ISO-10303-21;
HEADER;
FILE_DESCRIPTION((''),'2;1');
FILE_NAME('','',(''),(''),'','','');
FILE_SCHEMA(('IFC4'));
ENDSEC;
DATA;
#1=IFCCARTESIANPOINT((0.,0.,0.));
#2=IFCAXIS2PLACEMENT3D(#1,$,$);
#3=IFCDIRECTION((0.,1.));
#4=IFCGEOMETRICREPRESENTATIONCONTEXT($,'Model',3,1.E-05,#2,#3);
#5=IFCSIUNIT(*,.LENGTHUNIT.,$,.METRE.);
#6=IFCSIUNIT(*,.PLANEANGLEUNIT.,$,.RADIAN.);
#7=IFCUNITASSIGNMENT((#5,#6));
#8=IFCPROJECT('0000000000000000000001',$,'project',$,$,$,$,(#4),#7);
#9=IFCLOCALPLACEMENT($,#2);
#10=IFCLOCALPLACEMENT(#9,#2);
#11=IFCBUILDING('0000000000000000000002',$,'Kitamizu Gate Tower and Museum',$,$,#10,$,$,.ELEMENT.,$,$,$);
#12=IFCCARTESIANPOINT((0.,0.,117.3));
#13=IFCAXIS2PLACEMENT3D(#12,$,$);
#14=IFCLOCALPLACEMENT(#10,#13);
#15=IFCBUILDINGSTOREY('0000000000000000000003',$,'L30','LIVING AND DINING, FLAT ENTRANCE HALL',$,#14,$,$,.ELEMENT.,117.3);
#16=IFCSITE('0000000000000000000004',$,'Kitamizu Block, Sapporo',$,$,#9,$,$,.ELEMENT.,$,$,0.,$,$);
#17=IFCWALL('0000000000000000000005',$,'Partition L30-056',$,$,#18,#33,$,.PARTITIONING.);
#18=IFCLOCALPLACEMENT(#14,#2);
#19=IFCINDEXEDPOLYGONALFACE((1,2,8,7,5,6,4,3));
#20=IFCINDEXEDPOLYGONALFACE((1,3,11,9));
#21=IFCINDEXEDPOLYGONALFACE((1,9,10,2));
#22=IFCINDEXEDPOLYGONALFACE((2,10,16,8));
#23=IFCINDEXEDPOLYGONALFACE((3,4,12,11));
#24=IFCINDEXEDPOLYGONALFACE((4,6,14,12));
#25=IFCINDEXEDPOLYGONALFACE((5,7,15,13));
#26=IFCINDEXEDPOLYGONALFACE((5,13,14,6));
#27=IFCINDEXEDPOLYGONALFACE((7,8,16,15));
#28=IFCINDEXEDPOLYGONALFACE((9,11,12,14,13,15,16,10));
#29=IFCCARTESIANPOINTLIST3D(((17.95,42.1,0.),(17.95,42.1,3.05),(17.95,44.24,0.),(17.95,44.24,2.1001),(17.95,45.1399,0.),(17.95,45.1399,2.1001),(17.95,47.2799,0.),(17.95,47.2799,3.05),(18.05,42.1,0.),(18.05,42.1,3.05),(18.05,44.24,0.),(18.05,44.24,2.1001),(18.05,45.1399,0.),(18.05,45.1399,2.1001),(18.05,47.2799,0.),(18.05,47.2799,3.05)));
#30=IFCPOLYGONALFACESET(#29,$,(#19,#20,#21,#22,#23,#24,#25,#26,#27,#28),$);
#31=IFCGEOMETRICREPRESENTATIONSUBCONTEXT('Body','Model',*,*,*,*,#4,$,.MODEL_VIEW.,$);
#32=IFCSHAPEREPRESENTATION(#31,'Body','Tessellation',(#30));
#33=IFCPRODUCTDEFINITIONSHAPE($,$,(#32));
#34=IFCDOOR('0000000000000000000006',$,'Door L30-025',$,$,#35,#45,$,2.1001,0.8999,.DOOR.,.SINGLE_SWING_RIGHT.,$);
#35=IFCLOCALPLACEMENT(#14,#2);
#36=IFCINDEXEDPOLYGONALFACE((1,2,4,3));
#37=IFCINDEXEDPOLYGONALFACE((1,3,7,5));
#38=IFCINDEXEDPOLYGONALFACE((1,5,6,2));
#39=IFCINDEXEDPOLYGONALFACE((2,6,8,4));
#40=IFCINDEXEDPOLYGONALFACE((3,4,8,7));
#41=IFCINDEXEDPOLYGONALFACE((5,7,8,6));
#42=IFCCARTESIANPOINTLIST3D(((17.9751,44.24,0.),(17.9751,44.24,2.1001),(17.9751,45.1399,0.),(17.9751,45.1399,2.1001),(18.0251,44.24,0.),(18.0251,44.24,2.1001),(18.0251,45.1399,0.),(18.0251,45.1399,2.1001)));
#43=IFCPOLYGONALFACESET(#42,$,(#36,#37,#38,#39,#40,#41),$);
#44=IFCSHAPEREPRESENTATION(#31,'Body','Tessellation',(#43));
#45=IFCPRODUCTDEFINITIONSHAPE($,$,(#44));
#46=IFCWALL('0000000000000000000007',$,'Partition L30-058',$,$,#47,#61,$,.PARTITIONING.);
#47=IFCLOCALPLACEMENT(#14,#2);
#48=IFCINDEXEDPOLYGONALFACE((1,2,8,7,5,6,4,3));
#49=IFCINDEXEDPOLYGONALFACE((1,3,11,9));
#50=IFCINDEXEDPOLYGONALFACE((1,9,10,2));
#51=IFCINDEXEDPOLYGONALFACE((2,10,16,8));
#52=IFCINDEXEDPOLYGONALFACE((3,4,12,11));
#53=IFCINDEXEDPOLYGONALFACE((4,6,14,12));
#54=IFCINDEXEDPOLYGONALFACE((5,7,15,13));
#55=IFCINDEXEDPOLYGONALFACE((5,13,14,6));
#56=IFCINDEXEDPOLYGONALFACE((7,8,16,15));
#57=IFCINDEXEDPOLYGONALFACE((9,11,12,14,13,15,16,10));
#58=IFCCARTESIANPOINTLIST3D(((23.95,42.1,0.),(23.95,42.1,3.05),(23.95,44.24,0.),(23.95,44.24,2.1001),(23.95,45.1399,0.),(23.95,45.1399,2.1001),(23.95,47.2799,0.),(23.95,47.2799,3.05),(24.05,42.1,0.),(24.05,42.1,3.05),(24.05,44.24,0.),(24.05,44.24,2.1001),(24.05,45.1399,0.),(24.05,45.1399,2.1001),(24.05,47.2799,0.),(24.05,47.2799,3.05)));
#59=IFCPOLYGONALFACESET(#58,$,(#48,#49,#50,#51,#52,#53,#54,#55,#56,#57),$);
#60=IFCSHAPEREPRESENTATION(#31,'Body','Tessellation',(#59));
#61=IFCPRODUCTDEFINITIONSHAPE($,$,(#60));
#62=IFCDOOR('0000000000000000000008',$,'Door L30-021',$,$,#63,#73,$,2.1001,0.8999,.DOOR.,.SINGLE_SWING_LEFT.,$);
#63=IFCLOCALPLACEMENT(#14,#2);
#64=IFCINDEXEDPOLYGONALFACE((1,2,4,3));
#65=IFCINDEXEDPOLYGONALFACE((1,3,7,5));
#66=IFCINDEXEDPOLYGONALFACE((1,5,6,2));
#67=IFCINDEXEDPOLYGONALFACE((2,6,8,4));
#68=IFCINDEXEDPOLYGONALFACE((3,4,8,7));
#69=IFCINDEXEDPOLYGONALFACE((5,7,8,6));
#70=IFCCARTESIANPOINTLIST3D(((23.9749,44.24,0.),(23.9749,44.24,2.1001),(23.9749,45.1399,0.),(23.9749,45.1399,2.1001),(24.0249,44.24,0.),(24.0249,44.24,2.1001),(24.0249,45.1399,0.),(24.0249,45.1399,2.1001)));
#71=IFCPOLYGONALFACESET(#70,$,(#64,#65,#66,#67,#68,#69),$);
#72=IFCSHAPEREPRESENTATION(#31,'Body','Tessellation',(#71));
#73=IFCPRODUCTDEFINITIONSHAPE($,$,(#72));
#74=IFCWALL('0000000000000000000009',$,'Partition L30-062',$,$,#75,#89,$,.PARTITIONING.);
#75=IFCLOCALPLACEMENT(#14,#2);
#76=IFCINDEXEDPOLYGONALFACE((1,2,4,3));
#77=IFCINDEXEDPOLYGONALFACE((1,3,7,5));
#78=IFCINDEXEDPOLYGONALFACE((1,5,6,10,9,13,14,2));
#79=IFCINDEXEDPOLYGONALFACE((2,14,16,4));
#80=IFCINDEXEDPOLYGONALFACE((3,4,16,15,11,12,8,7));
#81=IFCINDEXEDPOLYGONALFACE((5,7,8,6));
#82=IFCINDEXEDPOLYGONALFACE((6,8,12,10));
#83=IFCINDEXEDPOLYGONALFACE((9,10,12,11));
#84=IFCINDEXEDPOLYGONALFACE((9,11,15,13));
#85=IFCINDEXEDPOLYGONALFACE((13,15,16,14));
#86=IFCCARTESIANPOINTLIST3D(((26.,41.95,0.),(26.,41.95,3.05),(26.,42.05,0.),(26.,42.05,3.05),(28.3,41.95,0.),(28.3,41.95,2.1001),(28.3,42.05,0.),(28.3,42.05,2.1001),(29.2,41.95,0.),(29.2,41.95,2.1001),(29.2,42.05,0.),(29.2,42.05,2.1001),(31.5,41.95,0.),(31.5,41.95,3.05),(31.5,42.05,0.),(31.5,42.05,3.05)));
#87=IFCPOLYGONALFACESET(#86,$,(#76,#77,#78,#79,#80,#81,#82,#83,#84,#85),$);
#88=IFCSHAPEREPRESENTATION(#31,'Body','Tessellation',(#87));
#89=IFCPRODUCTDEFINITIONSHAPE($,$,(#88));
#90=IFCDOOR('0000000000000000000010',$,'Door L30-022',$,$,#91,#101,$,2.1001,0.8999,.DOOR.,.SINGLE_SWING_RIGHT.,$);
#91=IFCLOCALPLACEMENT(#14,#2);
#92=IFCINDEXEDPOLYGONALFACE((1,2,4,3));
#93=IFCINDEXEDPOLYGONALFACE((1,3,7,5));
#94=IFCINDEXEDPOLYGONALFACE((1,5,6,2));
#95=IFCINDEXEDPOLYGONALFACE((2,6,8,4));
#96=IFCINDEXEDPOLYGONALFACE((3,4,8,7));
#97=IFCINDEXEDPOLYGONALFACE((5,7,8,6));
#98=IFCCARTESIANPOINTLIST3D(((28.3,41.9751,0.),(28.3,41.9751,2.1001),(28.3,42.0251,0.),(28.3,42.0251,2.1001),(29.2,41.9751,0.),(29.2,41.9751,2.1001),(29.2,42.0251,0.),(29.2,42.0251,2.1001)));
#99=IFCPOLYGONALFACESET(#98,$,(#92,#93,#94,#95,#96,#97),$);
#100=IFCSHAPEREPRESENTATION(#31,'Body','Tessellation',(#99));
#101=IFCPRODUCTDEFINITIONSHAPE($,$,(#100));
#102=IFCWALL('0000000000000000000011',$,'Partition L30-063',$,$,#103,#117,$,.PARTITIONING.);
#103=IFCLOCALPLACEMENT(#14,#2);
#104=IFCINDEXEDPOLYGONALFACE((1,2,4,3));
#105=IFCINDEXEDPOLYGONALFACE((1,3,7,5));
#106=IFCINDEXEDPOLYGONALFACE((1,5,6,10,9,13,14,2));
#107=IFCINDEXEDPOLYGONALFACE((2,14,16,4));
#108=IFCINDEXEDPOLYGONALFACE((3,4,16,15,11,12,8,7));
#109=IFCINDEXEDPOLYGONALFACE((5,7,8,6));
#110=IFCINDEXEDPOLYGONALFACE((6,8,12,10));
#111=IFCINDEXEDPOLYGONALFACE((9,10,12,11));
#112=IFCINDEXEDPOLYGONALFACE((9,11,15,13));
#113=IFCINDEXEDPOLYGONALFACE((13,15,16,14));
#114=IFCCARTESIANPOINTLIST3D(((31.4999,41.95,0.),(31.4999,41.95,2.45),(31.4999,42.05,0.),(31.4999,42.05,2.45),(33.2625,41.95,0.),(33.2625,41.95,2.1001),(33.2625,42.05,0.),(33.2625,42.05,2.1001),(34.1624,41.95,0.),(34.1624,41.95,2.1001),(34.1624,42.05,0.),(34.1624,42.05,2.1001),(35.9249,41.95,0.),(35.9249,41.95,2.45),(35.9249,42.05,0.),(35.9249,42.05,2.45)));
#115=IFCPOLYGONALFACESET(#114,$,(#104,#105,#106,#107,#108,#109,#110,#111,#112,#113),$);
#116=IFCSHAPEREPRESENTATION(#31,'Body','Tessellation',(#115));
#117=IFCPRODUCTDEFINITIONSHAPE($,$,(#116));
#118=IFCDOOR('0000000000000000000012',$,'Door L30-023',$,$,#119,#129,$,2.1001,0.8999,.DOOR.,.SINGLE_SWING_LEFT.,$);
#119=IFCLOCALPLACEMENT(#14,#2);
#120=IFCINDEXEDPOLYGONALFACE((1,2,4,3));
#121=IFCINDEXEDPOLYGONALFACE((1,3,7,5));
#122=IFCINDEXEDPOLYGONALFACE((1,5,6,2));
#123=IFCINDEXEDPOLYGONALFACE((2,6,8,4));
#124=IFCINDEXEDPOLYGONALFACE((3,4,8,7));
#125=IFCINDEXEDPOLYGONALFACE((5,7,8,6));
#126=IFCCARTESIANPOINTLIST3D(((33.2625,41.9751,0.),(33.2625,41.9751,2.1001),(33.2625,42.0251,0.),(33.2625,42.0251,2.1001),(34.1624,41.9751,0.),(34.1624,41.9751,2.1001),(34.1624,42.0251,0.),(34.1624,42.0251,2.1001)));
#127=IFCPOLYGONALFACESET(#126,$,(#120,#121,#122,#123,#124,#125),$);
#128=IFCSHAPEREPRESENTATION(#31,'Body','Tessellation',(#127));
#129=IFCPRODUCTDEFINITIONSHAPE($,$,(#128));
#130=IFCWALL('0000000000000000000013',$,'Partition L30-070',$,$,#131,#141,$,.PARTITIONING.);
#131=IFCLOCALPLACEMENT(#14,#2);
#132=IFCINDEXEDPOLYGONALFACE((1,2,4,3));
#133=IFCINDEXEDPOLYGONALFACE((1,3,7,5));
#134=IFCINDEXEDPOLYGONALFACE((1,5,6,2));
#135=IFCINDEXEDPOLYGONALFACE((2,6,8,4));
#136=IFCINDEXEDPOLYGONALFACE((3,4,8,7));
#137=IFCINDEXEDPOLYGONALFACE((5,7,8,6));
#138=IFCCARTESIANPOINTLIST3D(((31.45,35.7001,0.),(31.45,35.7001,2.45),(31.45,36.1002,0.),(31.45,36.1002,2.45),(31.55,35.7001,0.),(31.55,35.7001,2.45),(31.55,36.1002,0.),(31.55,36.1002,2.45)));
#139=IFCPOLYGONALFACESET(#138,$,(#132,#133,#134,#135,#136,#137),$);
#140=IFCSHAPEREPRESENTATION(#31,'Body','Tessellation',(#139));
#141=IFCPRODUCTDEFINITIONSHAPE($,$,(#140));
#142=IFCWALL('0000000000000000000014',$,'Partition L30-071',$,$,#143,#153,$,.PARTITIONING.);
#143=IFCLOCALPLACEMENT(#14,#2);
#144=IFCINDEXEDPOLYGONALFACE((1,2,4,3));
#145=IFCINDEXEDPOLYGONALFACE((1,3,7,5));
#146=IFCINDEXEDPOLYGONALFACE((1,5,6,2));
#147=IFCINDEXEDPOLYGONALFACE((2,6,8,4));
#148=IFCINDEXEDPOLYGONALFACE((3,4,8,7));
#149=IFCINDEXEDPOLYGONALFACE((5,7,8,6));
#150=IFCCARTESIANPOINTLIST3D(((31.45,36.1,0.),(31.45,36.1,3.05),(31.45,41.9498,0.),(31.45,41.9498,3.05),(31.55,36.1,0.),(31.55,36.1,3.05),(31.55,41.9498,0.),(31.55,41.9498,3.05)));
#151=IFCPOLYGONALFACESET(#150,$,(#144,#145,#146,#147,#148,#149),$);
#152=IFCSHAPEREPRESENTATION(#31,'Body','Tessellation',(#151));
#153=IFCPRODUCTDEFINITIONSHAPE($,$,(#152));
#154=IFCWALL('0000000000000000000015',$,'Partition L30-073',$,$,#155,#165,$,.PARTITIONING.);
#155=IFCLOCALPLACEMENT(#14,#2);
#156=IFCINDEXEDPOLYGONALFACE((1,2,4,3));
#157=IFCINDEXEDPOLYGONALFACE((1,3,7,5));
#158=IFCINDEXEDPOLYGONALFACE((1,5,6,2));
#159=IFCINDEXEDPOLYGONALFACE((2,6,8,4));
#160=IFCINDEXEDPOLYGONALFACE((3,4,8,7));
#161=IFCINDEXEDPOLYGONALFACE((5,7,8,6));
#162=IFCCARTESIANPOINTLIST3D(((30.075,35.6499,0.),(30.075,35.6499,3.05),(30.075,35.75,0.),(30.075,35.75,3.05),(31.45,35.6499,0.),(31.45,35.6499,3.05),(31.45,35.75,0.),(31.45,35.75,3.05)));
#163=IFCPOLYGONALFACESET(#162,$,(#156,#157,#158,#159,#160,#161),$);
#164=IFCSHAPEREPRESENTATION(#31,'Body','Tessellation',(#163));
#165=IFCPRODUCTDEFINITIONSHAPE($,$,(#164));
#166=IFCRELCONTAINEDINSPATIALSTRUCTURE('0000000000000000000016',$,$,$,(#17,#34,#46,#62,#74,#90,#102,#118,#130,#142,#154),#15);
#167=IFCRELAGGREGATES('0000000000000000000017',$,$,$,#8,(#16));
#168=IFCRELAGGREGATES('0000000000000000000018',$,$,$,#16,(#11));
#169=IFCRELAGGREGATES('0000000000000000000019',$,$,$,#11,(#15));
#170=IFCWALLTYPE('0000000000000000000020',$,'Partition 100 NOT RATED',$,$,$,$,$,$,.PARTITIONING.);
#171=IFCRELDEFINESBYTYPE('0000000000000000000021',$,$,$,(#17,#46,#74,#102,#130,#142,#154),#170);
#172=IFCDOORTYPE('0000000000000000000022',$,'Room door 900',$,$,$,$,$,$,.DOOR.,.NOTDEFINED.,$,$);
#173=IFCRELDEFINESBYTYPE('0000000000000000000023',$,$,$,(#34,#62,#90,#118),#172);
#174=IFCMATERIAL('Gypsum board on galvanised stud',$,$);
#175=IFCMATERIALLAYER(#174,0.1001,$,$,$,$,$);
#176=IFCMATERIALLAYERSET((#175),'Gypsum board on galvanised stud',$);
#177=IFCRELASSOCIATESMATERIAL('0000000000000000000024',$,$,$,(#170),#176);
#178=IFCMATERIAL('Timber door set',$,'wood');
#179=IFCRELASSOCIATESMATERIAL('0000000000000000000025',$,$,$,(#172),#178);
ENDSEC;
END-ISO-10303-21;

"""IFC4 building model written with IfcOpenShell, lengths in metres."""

from ifc_helpers import new_model, si_unit, direction, frame, frame_2d, origin, place, context, subcontext, project, spatial, rectangle, extrude, material, layer, layer_set, type_object, element, fill, save


model = new_model("IFC4")

# Units and contexts
model_context = context("Model", 3, precision=1e-05, world=origin(), true_north=direction((0.0, 1.0)))
body_context = subcontext(model_context, "Body", "Model", "MODEL_VIEW")
ifc_project = project(units=[si_unit("LENGTHUNIT", "METRE"), si_unit("PLANEANGLEUNIT", "RADIAN")], contexts=[model_context])

# Site, building, storey
site_placement = place(None, origin())
site = spatial("IfcSite", under=ifc_project, at=site_placement, Name="Kitamizu Block, Sapporo", CompositionType="ELEMENT", RefElevation=0.0)
building_placement = place(site_placement, origin())
building = spatial("IfcBuilding", under=site, at=building_placement, Name="Kitamizu Gate Tower and Museum", CompositionType="ELEMENT")
storey_placement = place(building_placement, frame((0.0, 0.0, 117.3)))
storey = spatial("IfcBuildingStorey", under=building, at=storey_placement, Name="L30", Description="LIVING AND DINING, FLAT ENTRANCE HALL", CompositionType="ELEMENT", Elevation=117.3)

# Walls, openings, doors
ifc_material_1 = material(Name="Gypsum board on galvanised stud")
ifc_layer_1 = layer(ifc_material_1, 0.1001)
ifc_layer_set_1 = layer_set([ifc_layer_1], Name="Gypsum board on galvanised stud")
wall_type_1 = type_object("IfcWallType", Name="Partition 100 NOT RATED", PredefinedType="PARTITIONING", material=ifc_layer_set_1)
wall_1_placement = place(storey_placement, frame((18.0, 42.1001, 0.0), z_axis=(0.0, 0.0, 1.0), x_axis=(0.0, 1.0, 0.0)))
wall_1 = element("IfcWall", 1, at=wall_1_placement, inside=storey, type_object=wall_type_1, Name="Partition L30-056", PredefinedType="PARTITIONING", context=body_context, shape_type="SweptSolid", body=[
    extrude(rectangle(XDim=5.1799, YDim=0.1001, at=frame_2d((2.5898, 0.0))), origin(), (0.0, 0.0, 1.0), 3.05),
])
opening_1_placement = place(wall_1_placement, frame((2.1399, 0.0, 0.0)))
opening_1 = element("IfcOpeningElement", 2, at=opening_1_placement, cuts=wall_1, PredefinedType="OPENING", context=body_context, shape_type="SweptSolid", body=[
    extrude(rectangle(XDim=0.8999, YDim=2.1001, at=frame_2d((0.45, 1.05))), frame((0.0, 0.0601, 0.0), z_axis=(0.0, -1.0, 0.0), x_axis=(1.0, 0.0, 0.0)), (0.0, 0.0, 1.0), 0.1201),
])
ifc_material_2 = material(Name="Timber door set", Category="wood")
door_type_1 = type_object("IfcDoorType", Name="Room door 900", OperationType="NOTDEFINED", PredefinedType="DOOR", material=ifc_material_2)
door_1_placement = place(opening_1_placement, origin())
door_1 = element("IfcDoor", 3, at=door_1_placement, inside=storey, type_object=door_type_1, Name="Door L30-025", OperationType="SINGLE_SWING_RIGHT", OverallHeight=2.1001, OverallWidth=0.8999, PredefinedType="DOOR", context=body_context, shape_type="SweptSolid", body=[
    extrude(rectangle(XDim=0.8999, YDim=2.1001, at=frame_2d((0.45, 1.05))), frame((0.0, 0.0249, 0.0), z_axis=(0.0, -1.0, 0.0), x_axis=(1.0, 0.0, 0.0)), (0.0, 0.0, 1.0), 0.05),
])
fill(opening_1, door_1)
wall_2_placement = place(storey_placement, frame((24.0, 42.1001, 0.0), z_axis=(0.0, 0.0, 1.0), x_axis=(0.0, 1.0, 0.0)))
wall_2 = element("IfcWall", 4, at=wall_2_placement, inside=storey, type_object=wall_type_1, Name="Partition L30-058", PredefinedType="PARTITIONING", context=body_context, shape_type="SweptSolid", body=[
    extrude(rectangle(XDim=5.1799, YDim=0.1001, at=frame_2d((2.5898, 0.0))), origin(), (0.0, 0.0, 1.0), 3.05),
])
opening_2_placement = place(wall_2_placement, frame((2.1399, 0.0, 0.0)))
opening_2 = element("IfcOpeningElement", 5, at=opening_2_placement, cuts=wall_2, PredefinedType="OPENING", context=body_context, shape_type="SweptSolid", body=[
    extrude(rectangle(XDim=0.8999, YDim=2.1001, at=frame_2d((0.45, 1.05))), frame((0.0, 0.0601, 0.0), z_axis=(0.0, -1.0, 0.0), x_axis=(1.0, 0.0, 0.0)), (0.0, 0.0, 1.0), 0.1201),
])
door_2_placement = place(opening_2_placement, frame((0.8999, 0.0, 0.0), x_axis=(-1.0, 0.0, 0.0)))
door_2 = element("IfcDoor", 6, at=door_2_placement, inside=storey, type_object=door_type_1, Name="Door L30-021", OperationType="SINGLE_SWING_LEFT", OverallHeight=2.1001, OverallWidth=0.8999, PredefinedType="DOOR", context=body_context, shape_type="SweptSolid", body=[
    extrude(rectangle(XDim=0.8999, YDim=2.1001, at=frame_2d((0.45, 1.05))), frame((0.0, 0.0249, 0.0), z_axis=(0.0, -1.0, 0.0), x_axis=(1.0, 0.0, 0.0)), (0.0, 0.0, 1.0), 0.05),
])
fill(opening_2, door_2)
wall_3_placement = place(storey_placement, frame((26.0, 42.0, 0.0), z_axis=(0.0, 0.0, 1.0), x_axis=(1.0, 0.0, 0.0)))
wall_3 = element("IfcWall", 7, at=wall_3_placement, inside=storey, type_object=wall_type_1, Name="Partition L30-062", PredefinedType="PARTITIONING", context=body_context, shape_type="SweptSolid", body=[
    extrude(rectangle(XDim=5.5, YDim=0.1001, at=frame_2d((2.75, 0.0))), origin(), (0.0, 0.0, 1.0), 3.05),
])
opening_3_placement = place(wall_3_placement, frame((2.3, 0.0, 0.0)))
opening_3 = element("IfcOpeningElement", 8, at=opening_3_placement, cuts=wall_3, PredefinedType="OPENING", context=body_context, shape_type="SweptSolid", body=[
    extrude(rectangle(XDim=0.8999, YDim=2.1001, at=frame_2d((0.45, 1.05))), frame((0.0, 0.0601, 0.0), z_axis=(0.0, -1.0, 0.0), x_axis=(1.0, 0.0, 0.0)), (0.0, 0.0, 1.0), 0.1201),
])
door_3_placement = place(opening_3_placement, frame((0.8999, 0.0, 0.0), x_axis=(-1.0, 0.0, 0.0)))
door_3 = element("IfcDoor", 9, at=door_3_placement, inside=storey, type_object=door_type_1, Name="Door L30-022", OperationType="SINGLE_SWING_RIGHT", OverallHeight=2.1001, OverallWidth=0.8999, PredefinedType="DOOR", context=body_context, shape_type="SweptSolid", body=[
    extrude(rectangle(XDim=0.8999, YDim=2.1001, at=frame_2d((0.45, 1.05))), frame((0.0, 0.0249, 0.0), z_axis=(0.0, -1.0, 0.0), x_axis=(1.0, 0.0, 0.0)), (0.0, 0.0, 1.0), 0.05),
])
fill(opening_3, door_3)
wall_4_placement = place(storey_placement, frame((31.5, 42.0, 0.0), z_axis=(0.0, 0.0, 1.0), x_axis=(1.0, 0.0, 0.0)))
wall_4 = element("IfcWall", 10, at=wall_4_placement, inside=storey, type_object=wall_type_1, Name="Partition L30-063", PredefinedType="PARTITIONING", context=body_context, shape_type="SweptSolid", body=[
    extrude(rectangle(XDim=4.425, YDim=0.1001, at=frame_2d((2.2124, 0.0))), origin(), (0.0, 0.0, 1.0), 2.45),
])
opening_4_placement = place(wall_4_placement, frame((1.7625, 0.0, 0.0)))
opening_4 = element("IfcOpeningElement", 11, at=opening_4_placement, cuts=wall_4, PredefinedType="OPENING", context=body_context, shape_type="SweptSolid", body=[
    extrude(rectangle(XDim=0.8999, YDim=2.1001, at=frame_2d((0.45, 1.05))), frame((0.0, 0.0601, 0.0), z_axis=(0.0, -1.0, 0.0), x_axis=(1.0, 0.0, 0.0)), (0.0, 0.0, 1.0), 0.1201),
])
door_4_placement = place(opening_4_placement, frame((0.8999, 0.0, 0.0), x_axis=(-1.0, 0.0, 0.0)))
door_4 = element("IfcDoor", 12, at=door_4_placement, inside=storey, type_object=door_type_1, Name="Door L30-023", OperationType="SINGLE_SWING_LEFT", OverallHeight=2.1001, OverallWidth=0.8999, PredefinedType="DOOR", context=body_context, shape_type="SweptSolid", body=[
    extrude(rectangle(XDim=0.8999, YDim=2.1001, at=frame_2d((0.45, 1.05))), frame((0.0, 0.0249, 0.0), z_axis=(0.0, -1.0, 0.0), x_axis=(1.0, 0.0, 0.0)), (0.0, 0.0, 1.0), 0.05),
])
fill(opening_4, door_4)

# Walls
wall_5_placement = place(storey_placement, frame((31.5, 35.7, 0.0), z_axis=(0.0, 0.0, 1.0), x_axis=(0.0, 1.0, 0.0)))
element("IfcWall", 13, at=wall_5_placement, inside=storey, type_object=wall_type_1, Name="Partition L30-070", PredefinedType="PARTITIONING", context=body_context, shape_type="SweptSolid", body=[
    extrude(rectangle(XDim=0.4001, YDim=0.1001, at=frame_2d((0.2002, 0.0))), origin(), (0.0, 0.0, 1.0), 2.45),
])
wall_6_placement = place(storey_placement, frame((31.5, 36.1001, 0.0), z_axis=(0.0, 0.0, 1.0), x_axis=(0.0, 1.0, 0.0)))
element("IfcWall", 14, at=wall_6_placement, inside=storey, type_object=wall_type_1, Name="Partition L30-071", PredefinedType="PARTITIONING", context=body_context, shape_type="SweptSolid", body=[
    extrude(rectangle(XDim=5.8499, YDim=0.1001, at=frame_2d((2.9248, 0.0))), origin(), (0.0, 0.0, 1.0), 3.05),
])
wall_7_placement = place(storey_placement, frame((30.075, 35.7, 0.0), z_axis=(0.0, 0.0, 1.0), x_axis=(1.0, 0.0, 0.0)))
element("IfcWall", 15, at=wall_7_placement, inside=storey, type_object=wall_type_1, Name="Partition L30-073", PredefinedType="PARTITIONING", context=body_context, shape_type="SweptSolid", body=[
    extrude(rectangle(XDim=1.375, YDim=0.1001, at=frame_2d((0.6875, 0.0))), origin(), (0.0, 0.0, 1.0), 3.05),
])

save(model, "model.ifc")
